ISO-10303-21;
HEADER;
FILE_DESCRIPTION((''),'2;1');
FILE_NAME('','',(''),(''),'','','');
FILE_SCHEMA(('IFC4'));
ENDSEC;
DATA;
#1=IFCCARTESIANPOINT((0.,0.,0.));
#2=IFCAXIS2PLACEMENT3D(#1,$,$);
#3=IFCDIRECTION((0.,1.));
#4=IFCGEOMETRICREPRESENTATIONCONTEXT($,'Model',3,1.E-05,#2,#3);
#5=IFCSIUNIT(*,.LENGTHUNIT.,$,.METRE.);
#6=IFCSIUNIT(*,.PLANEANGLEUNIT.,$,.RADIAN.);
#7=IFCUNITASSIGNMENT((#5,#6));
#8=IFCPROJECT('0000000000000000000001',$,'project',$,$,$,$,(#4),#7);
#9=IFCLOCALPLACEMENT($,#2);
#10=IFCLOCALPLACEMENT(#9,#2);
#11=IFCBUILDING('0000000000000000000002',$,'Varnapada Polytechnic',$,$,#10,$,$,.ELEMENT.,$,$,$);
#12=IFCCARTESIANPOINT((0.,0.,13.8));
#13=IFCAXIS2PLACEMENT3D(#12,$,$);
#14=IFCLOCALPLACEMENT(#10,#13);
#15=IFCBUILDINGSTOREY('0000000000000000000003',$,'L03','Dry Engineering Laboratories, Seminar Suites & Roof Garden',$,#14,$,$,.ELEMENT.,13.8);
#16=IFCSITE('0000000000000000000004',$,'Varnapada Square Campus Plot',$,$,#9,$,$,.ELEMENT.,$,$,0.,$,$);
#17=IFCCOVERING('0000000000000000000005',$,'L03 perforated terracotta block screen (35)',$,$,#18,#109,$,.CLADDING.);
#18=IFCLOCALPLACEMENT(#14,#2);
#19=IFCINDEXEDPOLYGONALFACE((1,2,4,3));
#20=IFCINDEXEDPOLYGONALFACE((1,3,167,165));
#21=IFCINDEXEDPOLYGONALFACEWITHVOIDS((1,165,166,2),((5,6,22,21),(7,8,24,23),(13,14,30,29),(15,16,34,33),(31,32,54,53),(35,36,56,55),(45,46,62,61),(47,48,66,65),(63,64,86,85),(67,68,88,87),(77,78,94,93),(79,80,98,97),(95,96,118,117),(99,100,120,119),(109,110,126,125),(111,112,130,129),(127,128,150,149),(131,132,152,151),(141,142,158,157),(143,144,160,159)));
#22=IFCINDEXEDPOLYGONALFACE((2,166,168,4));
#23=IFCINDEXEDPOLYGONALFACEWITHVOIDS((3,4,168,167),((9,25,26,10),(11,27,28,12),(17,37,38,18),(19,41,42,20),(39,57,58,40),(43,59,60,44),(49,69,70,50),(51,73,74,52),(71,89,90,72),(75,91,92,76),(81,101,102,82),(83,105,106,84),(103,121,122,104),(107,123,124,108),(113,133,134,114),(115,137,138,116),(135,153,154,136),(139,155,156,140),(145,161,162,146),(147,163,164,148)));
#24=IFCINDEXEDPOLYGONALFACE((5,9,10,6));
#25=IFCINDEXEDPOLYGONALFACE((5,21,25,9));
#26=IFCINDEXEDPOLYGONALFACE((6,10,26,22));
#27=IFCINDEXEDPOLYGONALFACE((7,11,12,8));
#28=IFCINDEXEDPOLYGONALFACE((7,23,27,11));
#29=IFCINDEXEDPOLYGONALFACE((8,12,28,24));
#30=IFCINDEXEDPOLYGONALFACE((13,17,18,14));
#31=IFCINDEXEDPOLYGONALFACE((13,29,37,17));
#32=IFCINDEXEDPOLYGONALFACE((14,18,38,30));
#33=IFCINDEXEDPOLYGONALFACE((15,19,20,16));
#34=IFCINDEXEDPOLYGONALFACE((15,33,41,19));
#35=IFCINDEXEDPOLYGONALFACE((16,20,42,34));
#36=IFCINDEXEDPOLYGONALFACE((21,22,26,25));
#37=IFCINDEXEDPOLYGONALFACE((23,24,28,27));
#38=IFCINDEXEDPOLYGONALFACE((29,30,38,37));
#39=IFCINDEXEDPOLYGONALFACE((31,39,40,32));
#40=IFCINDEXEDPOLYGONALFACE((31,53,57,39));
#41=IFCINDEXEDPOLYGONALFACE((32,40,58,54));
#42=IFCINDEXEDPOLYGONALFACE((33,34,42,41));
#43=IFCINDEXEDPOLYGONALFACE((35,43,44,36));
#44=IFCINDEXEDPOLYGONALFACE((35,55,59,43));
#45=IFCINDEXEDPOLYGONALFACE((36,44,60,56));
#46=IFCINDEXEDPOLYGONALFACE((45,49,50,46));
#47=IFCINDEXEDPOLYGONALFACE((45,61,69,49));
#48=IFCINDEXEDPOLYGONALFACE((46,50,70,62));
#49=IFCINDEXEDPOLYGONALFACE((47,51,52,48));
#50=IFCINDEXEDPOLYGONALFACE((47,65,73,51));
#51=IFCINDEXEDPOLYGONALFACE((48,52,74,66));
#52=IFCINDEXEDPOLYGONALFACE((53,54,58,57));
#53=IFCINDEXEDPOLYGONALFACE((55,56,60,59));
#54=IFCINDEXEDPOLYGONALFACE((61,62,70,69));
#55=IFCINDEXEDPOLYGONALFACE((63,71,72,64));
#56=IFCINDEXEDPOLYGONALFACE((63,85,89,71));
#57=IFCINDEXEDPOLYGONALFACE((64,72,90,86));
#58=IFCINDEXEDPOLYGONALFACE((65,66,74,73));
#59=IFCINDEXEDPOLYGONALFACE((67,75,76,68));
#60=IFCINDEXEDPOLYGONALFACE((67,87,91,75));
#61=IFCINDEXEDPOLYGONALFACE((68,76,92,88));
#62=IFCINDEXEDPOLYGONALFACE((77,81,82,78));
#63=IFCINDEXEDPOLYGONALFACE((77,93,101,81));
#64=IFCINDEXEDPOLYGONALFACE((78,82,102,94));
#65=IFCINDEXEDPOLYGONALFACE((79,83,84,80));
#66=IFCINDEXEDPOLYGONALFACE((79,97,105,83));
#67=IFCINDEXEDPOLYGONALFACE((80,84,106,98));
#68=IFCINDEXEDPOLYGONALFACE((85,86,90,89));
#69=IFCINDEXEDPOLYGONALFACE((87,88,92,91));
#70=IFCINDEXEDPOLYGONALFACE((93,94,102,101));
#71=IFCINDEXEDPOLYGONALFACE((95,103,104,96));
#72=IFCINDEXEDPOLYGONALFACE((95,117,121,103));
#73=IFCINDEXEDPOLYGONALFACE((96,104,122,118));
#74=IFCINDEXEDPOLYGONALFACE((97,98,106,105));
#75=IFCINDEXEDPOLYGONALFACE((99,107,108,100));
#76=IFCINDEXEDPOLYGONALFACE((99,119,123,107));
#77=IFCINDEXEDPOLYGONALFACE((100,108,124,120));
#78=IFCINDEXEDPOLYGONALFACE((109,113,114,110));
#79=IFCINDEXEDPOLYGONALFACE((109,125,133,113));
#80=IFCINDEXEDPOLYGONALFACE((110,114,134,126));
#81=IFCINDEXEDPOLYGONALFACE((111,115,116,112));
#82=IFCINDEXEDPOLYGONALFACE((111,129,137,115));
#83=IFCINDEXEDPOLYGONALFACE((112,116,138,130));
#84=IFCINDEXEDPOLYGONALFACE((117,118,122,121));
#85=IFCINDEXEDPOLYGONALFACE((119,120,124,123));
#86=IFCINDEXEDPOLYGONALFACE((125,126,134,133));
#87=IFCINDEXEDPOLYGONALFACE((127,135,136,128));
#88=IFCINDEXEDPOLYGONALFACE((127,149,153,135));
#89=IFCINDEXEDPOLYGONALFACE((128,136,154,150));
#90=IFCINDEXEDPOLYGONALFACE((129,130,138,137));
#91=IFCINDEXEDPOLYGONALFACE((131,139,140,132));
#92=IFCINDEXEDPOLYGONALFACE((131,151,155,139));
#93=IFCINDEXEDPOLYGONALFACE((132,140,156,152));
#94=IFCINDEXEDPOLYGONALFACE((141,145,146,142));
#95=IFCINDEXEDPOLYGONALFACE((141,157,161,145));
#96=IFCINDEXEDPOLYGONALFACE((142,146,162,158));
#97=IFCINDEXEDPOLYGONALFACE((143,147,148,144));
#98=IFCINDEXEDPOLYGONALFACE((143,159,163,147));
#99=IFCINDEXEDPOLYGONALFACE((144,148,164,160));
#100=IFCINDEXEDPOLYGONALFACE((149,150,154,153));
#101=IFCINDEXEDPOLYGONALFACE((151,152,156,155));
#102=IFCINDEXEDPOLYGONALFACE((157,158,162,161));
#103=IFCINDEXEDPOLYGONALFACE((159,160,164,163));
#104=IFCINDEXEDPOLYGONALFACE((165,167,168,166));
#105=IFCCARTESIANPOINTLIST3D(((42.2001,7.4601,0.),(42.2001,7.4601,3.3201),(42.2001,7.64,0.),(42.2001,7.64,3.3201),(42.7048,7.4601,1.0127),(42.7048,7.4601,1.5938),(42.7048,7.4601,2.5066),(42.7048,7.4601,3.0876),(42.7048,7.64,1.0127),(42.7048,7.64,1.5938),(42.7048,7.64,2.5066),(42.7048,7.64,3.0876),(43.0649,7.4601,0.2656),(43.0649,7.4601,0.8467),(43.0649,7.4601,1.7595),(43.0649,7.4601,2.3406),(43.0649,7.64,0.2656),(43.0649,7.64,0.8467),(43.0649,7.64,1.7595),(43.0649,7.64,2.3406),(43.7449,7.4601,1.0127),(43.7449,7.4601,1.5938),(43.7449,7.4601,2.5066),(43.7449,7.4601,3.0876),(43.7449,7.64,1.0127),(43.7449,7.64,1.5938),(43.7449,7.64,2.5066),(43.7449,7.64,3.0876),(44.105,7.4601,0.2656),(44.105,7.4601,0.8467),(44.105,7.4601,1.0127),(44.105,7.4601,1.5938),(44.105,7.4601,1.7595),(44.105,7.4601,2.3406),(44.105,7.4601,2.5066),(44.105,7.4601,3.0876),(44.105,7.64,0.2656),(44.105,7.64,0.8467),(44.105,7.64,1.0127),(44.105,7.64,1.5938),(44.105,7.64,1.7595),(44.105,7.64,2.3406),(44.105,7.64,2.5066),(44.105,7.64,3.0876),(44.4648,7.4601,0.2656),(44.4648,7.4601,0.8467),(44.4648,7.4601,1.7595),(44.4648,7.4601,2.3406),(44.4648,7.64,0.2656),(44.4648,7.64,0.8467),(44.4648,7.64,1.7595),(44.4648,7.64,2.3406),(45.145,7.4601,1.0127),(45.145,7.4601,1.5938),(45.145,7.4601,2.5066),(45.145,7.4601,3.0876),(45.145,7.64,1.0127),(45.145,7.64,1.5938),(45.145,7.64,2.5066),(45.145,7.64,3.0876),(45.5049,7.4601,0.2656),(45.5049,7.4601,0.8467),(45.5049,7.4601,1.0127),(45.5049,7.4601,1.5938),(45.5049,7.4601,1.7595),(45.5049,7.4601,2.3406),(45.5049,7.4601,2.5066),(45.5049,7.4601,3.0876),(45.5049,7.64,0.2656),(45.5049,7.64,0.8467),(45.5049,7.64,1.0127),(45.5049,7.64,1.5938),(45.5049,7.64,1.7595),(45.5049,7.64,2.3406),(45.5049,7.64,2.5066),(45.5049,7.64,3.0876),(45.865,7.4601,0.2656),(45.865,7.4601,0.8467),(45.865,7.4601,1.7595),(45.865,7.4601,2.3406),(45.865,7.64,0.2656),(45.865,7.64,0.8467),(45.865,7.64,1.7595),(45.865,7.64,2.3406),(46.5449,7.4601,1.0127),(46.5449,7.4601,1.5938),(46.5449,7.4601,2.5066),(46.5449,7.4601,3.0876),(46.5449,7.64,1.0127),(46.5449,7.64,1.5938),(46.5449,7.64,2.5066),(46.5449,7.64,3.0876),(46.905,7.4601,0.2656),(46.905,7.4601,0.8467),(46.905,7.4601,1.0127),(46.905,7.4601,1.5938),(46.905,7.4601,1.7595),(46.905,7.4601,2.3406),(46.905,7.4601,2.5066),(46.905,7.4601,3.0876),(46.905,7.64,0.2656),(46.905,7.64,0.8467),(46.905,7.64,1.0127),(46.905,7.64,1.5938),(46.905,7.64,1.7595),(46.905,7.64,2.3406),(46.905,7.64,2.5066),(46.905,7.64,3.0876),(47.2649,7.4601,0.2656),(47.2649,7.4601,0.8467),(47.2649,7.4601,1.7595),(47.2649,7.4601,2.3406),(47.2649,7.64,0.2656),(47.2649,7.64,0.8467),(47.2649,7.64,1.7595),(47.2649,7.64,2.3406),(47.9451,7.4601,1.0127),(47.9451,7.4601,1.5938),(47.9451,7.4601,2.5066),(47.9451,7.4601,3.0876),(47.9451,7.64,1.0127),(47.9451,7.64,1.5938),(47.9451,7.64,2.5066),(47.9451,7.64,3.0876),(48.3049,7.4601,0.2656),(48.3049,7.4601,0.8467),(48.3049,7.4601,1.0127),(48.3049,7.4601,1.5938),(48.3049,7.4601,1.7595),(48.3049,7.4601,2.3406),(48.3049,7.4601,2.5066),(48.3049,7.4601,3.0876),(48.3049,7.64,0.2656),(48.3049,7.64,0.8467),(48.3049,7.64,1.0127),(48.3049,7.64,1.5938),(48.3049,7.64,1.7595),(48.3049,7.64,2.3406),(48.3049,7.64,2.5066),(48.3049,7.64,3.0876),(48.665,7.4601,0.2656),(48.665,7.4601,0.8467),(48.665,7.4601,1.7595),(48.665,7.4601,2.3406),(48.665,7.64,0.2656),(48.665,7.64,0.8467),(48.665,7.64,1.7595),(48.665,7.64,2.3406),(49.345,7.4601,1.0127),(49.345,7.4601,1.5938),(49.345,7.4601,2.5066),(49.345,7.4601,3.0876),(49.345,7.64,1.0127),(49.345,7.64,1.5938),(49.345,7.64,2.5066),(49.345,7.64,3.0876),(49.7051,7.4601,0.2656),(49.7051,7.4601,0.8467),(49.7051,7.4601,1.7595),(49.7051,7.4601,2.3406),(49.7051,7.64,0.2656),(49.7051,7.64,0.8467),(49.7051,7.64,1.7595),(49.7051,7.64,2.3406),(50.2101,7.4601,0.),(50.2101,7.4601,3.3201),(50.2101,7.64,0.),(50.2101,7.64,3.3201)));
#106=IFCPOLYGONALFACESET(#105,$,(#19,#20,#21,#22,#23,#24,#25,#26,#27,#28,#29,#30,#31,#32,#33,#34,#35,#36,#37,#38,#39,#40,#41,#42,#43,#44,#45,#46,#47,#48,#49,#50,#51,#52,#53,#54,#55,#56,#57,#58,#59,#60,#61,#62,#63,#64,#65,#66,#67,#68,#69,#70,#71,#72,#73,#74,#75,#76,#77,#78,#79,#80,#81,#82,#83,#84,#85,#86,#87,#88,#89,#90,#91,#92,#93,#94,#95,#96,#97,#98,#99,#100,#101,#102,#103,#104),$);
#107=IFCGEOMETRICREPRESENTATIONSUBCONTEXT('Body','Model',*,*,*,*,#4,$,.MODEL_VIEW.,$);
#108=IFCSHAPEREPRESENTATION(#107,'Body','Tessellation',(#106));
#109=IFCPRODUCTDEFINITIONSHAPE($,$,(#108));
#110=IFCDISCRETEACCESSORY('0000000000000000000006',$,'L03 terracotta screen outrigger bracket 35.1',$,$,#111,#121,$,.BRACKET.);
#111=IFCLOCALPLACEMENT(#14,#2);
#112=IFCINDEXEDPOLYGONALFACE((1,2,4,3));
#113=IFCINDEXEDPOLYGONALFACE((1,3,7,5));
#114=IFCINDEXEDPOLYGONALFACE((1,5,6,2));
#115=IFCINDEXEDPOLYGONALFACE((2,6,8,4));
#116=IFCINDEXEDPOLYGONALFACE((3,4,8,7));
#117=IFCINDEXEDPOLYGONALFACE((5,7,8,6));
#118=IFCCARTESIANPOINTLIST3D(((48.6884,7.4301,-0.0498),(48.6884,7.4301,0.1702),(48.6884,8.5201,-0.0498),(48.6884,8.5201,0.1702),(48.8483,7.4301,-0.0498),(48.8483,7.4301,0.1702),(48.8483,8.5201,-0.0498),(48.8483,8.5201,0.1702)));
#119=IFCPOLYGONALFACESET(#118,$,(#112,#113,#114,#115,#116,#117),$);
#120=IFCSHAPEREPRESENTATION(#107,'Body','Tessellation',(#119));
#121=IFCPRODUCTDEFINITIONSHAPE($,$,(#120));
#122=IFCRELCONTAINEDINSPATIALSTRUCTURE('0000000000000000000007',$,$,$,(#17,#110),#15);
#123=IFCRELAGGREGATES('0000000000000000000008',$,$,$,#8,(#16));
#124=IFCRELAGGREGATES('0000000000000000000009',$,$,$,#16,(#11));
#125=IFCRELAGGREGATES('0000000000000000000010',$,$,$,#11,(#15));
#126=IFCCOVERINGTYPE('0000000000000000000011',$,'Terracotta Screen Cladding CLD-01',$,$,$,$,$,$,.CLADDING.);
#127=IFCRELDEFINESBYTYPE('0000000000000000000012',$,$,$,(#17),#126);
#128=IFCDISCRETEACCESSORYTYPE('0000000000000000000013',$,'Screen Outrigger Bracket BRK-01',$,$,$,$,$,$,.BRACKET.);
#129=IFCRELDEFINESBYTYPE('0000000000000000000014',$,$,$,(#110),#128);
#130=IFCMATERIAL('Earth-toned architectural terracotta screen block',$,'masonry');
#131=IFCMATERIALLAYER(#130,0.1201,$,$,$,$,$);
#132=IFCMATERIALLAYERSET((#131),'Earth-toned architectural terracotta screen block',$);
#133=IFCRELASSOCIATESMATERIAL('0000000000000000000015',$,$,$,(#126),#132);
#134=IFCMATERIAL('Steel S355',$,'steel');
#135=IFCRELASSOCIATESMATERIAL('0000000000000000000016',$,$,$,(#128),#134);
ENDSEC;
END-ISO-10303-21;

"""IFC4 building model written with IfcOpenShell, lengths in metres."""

from ifc_helpers import new_model, si_unit, direction, frame, frame_2d, origin, origin_2d, place, context, subcontext, project, spatial, rectangle, extrude, material, layer, layer_set, type_object, element, save


model = new_model("IFC4")

# Units and contexts
model_context = context("Model", 3, precision=1e-05, world=origin(), true_north=direction((0.0, 1.0)))
body_context = subcontext(model_context, "Body", "Model", "MODEL_VIEW")
ifc_project = project(units=[si_unit("LENGTHUNIT", "METRE"), si_unit("PLANEANGLEUNIT", "RADIAN")], contexts=[model_context])

# Site, building, storey
site_placement = place(None, origin())
site = spatial("IfcSite", under=ifc_project, at=site_placement, Name="Varnapada Square Campus Plot", CompositionType="ELEMENT", RefElevation=0.0)
building_placement = place(site_placement, origin())
building = spatial("IfcBuilding", under=site, at=building_placement, Name="Varnapada Polytechnic", CompositionType="ELEMENT")
storey_placement = place(building_placement, frame((0.0, 0.0, 13.8)))
storey = spatial("IfcBuildingStorey", under=building, at=storey_placement, Name="L03", Description="Dry Engineering Laboratories, Seminar Suites & Roof Garden", CompositionType="ELEMENT", Elevation=13.8)

# Covering, openings
ifc_material_1 = material(Name="Earth-toned architectural terracotta screen block", Category="masonry")
ifc_layer_1 = layer(ifc_material_1, 0.1201)
ifc_layer_set_1 = layer_set([ifc_layer_1], Name="Earth-toned architectural terracotta screen block")
covering_type = type_object("IfcCoveringType", Name="Terracotta Screen Cladding CLD-01", PredefinedType="CLADDING", material=ifc_layer_set_1)
covering_placement = place(storey_placement, frame((50.21, 7.55, 0.0), z_axis=(0.0, 0.0, 1.0), x_axis=(-1.0, 0.0, 0.0)))
covering = element("IfcCovering", 1, at=covering_placement, inside=storey, type_object=covering_type, Name="L03 perforated terracotta block screen (35)", PredefinedType="CLADDING", context=body_context, shape_type="SweptSolid", body=[
    extrude(rectangle(XDim=8.01, YDim=0.1799, at=frame_2d((4.0049, 0.0))), origin(), (0.0, 0.0, 1.0), 3.3201),
])
opening_1_placement = place(covering_placement, frame((0.5049, 0.0, 0.2656)))
element("IfcOpeningElement", 2, at=opening_1_placement, cuts=covering, PredefinedType="OPENING", context=body_context, shape_type="SweptSolid", body=[
    extrude(rectangle(XDim=1.04, YDim=0.5811, at=frame_2d((0.52, 0.2905))), frame((0.0, 0.0999, 0.0), z_axis=(0.0, -1.0, 0.0), x_axis=(1.0, 0.0, 0.0)), (0.0, 0.0, 1.0), 0.2),
])
opening_2_placement = place(covering_placement, frame((1.905, 0.0, 0.2656)))
element("IfcOpeningElement", 3, at=opening_2_placement, cuts=covering, PredefinedType="OPENING", context=body_context, shape_type="SweptSolid", body=[
    extrude(rectangle(XDim=1.04, YDim=0.5811, at=frame_2d((0.52, 0.2905))), frame((0.0, 0.0999, 0.0), z_axis=(0.0, -1.0, 0.0), x_axis=(1.0, 0.0, 0.0)), (0.0, 0.0, 1.0), 0.2),
])
opening_3_placement = place(covering_placement, frame((3.3049, 0.0, 0.2656)))
element("IfcOpeningElement", 4, at=opening_3_placement, cuts=covering, PredefinedType="OPENING", context=body_context, shape_type="SweptSolid", body=[
    extrude(rectangle(XDim=1.04, YDim=0.5811, at=frame_2d((0.52, 0.2905))), frame((0.0, 0.0999, 0.0), z_axis=(0.0, -1.0, 0.0), x_axis=(1.0, 0.0, 0.0)), (0.0, 0.0, 1.0), 0.2),
])
opening_4_placement = place(covering_placement, frame((4.7051, 0.0, 0.2656)))
element("IfcOpeningElement", 5, at=opening_4_placement, cuts=covering, PredefinedType="OPENING", context=body_context, shape_type="SweptSolid", body=[
    extrude(rectangle(XDim=1.04, YDim=0.5811, at=frame_2d((0.52, 0.2905))), frame((0.0, 0.0999, 0.0), z_axis=(0.0, -1.0, 0.0), x_axis=(1.0, 0.0, 0.0)), (0.0, 0.0, 1.0), 0.2),
])
opening_5_placement = place(covering_placement, frame((6.105, 0.0, 0.2656)))
element("IfcOpeningElement", 6, at=opening_5_placement, cuts=covering, PredefinedType="OPENING", context=body_context, shape_type="SweptSolid", body=[
    extrude(rectangle(XDim=1.04, YDim=0.5811, at=frame_2d((0.52, 0.2905))), frame((0.0, 0.0999, 0.0), z_axis=(0.0, -1.0, 0.0), x_axis=(1.0, 0.0, 0.0)), (0.0, 0.0, 1.0), 0.2),
])
opening_6_placement = place(covering_placement, frame((0.865, 0.0, 1.0127)))
element("IfcOpeningElement", 7, at=opening_6_placement, cuts=covering, PredefinedType="OPENING", context=body_context, shape_type="SweptSolid", body=[
    extrude(rectangle(XDim=1.04, YDim=0.5811, at=frame_2d((0.52, 0.2905))), frame((0.0, 0.0999, 0.0), z_axis=(0.0, -1.0, 0.0), x_axis=(1.0, 0.0, 0.0)), (0.0, 0.0, 1.0), 0.2),
])
opening_7_placement = place(covering_placement, frame((2.2649, 0.0, 1.0127)))
element("IfcOpeningElement", 8, at=opening_7_placement, cuts=covering, PredefinedType="OPENING", context=body_context, shape_type="SweptSolid", body=[
    extrude(rectangle(XDim=1.04, YDim=0.5811, at=frame_2d((0.52, 0.2905))), frame((0.0, 0.0999, 0.0), z_axis=(0.0, -1.0, 0.0), x_axis=(1.0, 0.0, 0.0)), (0.0, 0.0, 1.0), 0.2),
])
opening_8_placement = place(covering_placement, frame((3.665, 0.0, 1.0127)))
element("IfcOpeningElement", 9, at=opening_8_placement, cuts=covering, PredefinedType="OPENING", context=body_context, shape_type="SweptSolid", body=[
    extrude(rectangle(XDim=1.04, YDim=0.5811, at=frame_2d((0.52, 0.2905))), frame((0.0, 0.0999, 0.0), z_axis=(0.0, -1.0, 0.0), x_axis=(1.0, 0.0, 0.0)), (0.0, 0.0, 1.0), 0.2),
])
opening_9_placement = place(covering_placement, frame((5.0649, 0.0, 1.0127)))
element("IfcOpeningElement", 10, at=opening_9_placement, cuts=covering, PredefinedType="OPENING", context=body_context, shape_type="SweptSolid", body=[
    extrude(rectangle(XDim=1.04, YDim=0.5811, at=frame_2d((0.52, 0.2905))), frame((0.0, 0.0999, 0.0), z_axis=(0.0, -1.0, 0.0), x_axis=(1.0, 0.0, 0.0)), (0.0, 0.0, 1.0), 0.2),
])
opening_10_placement = place(covering_placement, frame((6.4651, 0.0, 1.0127)))
element("IfcOpeningElement", 11, at=opening_10_placement, cuts=covering, PredefinedType="OPENING", context=body_context, shape_type="SweptSolid", body=[
    extrude(rectangle(XDim=1.04, YDim=0.5811, at=frame_2d((0.52, 0.2905))), frame((0.0, 0.0999, 0.0), z_axis=(0.0, -1.0, 0.0), x_axis=(1.0, 0.0, 0.0)), (0.0, 0.0, 1.0), 0.2),
])
opening_11_placement = place(covering_placement, frame((0.5049, 0.0, 1.7595)))
element("IfcOpeningElement", 12, at=opening_11_placement, cuts=covering, PredefinedType="OPENING", context=body_context, shape_type="SweptSolid", body=[
    extrude(rectangle(XDim=1.04, YDim=0.5811, at=frame_2d((0.52, 0.2905))), frame((0.0, 0.0999, 0.0), z_axis=(0.0, -1.0, 0.0), x_axis=(1.0, 0.0, 0.0)), (0.0, 0.0, 1.0), 0.2),
])
opening_12_placement = place(covering_placement, frame((1.905, 0.0, 1.7595)))
element("IfcOpeningElement", 13, at=opening_12_placement, cuts=covering, PredefinedType="OPENING", context=body_context, shape_type="SweptSolid", body=[
    extrude(rectangle(XDim=1.04, YDim=0.5811, at=frame_2d((0.52, 0.2905))), frame((0.0, 0.0999, 0.0), z_axis=(0.0, -1.0, 0.0), x_axis=(1.0, 0.0, 0.0)), (0.0, 0.0, 1.0), 0.2),
])
opening_13_placement = place(covering_placement, frame((3.3049, 0.0, 1.7595)))
element("IfcOpeningElement", 14, at=opening_13_placement, cuts=covering, PredefinedType="OPENING", context=body_context, shape_type="SweptSolid", body=[
    extrude(rectangle(XDim=1.04, YDim=0.5811, at=frame_2d((0.52, 0.2905))), frame((0.0, 0.0999, 0.0), z_axis=(0.0, -1.0, 0.0), x_axis=(1.0, 0.0, 0.0)), (0.0, 0.0, 1.0), 0.2),
])
opening_14_placement = place(covering_placement, frame((4.7051, 0.0, 1.7595)))
element("IfcOpeningElement", 15, at=opening_14_placement, cuts=covering, PredefinedType="OPENING", context=body_context, shape_type="SweptSolid", body=[
    extrude(rectangle(XDim=1.04, YDim=0.5811, at=frame_2d((0.52, 0.2905))), frame((0.0, 0.0999, 0.0), z_axis=(0.0, -1.0, 0.0), x_axis=(1.0, 0.0, 0.0)), (0.0, 0.0, 1.0), 0.2),
])
opening_15_placement = place(covering_placement, frame((6.105, 0.0, 1.7595)))
element("IfcOpeningElement", 16, at=opening_15_placement, cuts=covering, PredefinedType="OPENING", context=body_context, shape_type="SweptSolid", body=[
    extrude(rectangle(XDim=1.04, YDim=0.5811, at=frame_2d((0.52, 0.2905))), frame((0.0, 0.0999, 0.0), z_axis=(0.0, -1.0, 0.0), x_axis=(1.0, 0.0, 0.0)), (0.0, 0.0, 1.0), 0.2),
])
opening_16_placement = place(covering_placement, frame((0.865, 0.0, 2.5066)))
element("IfcOpeningElement", 17, at=opening_16_placement, cuts=covering, PredefinedType="OPENING", context=body_context, shape_type="SweptSolid", body=[
    extrude(rectangle(XDim=1.04, YDim=0.5811, at=frame_2d((0.52, 0.2905))), frame((0.0, 0.0999, 0.0), z_axis=(0.0, -1.0, 0.0), x_axis=(1.0, 0.0, 0.0)), (0.0, 0.0, 1.0), 0.2),
])
opening_17_placement = place(covering_placement, frame((2.2649, 0.0, 2.5066)))
element("IfcOpeningElement", 18, at=opening_17_placement, cuts=covering, PredefinedType="OPENING", context=body_context, shape_type="SweptSolid", body=[
    extrude(rectangle(XDim=1.04, YDim=0.5811, at=frame_2d((0.52, 0.2905))), frame((0.0, 0.0999, 0.0), z_axis=(0.0, -1.0, 0.0), x_axis=(1.0, 0.0, 0.0)), (0.0, 0.0, 1.0), 0.2),
])
opening_18_placement = place(covering_placement, frame((3.665, 0.0, 2.5066)))
element("IfcOpeningElement", 19, at=opening_18_placement, cuts=covering, PredefinedType="OPENING", context=body_context, shape_type="SweptSolid", body=[
    extrude(rectangle(XDim=1.04, YDim=0.5811, at=frame_2d((0.52, 0.2905))), frame((0.0, 0.0999, 0.0), z_axis=(0.0, -1.0, 0.0), x_axis=(1.0, 0.0, 0.0)), (0.0, 0.0, 1.0), 0.2),
])
opening_19_placement = place(covering_placement, frame((5.0649, 0.0, 2.5066)))
element("IfcOpeningElement", 20, at=opening_19_placement, cuts=covering, PredefinedType="OPENING", context=body_context, shape_type="SweptSolid", body=[
    extrude(rectangle(XDim=1.04, YDim=0.5811, at=frame_2d((0.52, 0.2905))), frame((0.0, 0.0999, 0.0), z_axis=(0.0, -1.0, 0.0), x_axis=(1.0, 0.0, 0.0)), (0.0, 0.0, 1.0), 0.2),
])
opening_20_placement = place(covering_placement, frame((6.4651, 0.0, 2.5066)))
element("IfcOpeningElement", 21, at=opening_20_placement, cuts=covering, PredefinedType="OPENING", context=body_context, shape_type="SweptSolid", body=[
    extrude(rectangle(XDim=1.04, YDim=0.5811, at=frame_2d((0.52, 0.2905))), frame((0.0, 0.0999, 0.0), z_axis=(0.0, -1.0, 0.0), x_axis=(1.0, 0.0, 0.0)), (0.0, 0.0, 1.0), 0.2),
])

# Discrete accessory
ifc_material_2 = material(Name="Steel S355", Category="steel")
discrete_accessory_type = type_object("IfcDiscreteAccessoryType", Name="Screen Outrigger Bracket BRK-01", PredefinedType="BRACKET", material=ifc_material_2)
discrete_accessory_placement = place(storey_placement, frame((48.7683, 7.9751, -0.0498), z_axis=(0.0, 0.0, 1.0), x_axis=(-1.0, 0.0, 0.0)))
element("IfcDiscreteAccessory", 22, at=discrete_accessory_placement, inside=storey, type_object=discrete_accessory_type, Name="L03 terracotta screen outrigger bracket 35.1", PredefinedType="BRACKET", context=body_context, shape_type="SweptSolid", body=[
    extrude(rectangle(XDim=0.1599, YDim=1.0901, at=origin_2d()), origin(), (0.0, 0.0, 1.0), 0.22),
])

save(model, "model.ifc")
